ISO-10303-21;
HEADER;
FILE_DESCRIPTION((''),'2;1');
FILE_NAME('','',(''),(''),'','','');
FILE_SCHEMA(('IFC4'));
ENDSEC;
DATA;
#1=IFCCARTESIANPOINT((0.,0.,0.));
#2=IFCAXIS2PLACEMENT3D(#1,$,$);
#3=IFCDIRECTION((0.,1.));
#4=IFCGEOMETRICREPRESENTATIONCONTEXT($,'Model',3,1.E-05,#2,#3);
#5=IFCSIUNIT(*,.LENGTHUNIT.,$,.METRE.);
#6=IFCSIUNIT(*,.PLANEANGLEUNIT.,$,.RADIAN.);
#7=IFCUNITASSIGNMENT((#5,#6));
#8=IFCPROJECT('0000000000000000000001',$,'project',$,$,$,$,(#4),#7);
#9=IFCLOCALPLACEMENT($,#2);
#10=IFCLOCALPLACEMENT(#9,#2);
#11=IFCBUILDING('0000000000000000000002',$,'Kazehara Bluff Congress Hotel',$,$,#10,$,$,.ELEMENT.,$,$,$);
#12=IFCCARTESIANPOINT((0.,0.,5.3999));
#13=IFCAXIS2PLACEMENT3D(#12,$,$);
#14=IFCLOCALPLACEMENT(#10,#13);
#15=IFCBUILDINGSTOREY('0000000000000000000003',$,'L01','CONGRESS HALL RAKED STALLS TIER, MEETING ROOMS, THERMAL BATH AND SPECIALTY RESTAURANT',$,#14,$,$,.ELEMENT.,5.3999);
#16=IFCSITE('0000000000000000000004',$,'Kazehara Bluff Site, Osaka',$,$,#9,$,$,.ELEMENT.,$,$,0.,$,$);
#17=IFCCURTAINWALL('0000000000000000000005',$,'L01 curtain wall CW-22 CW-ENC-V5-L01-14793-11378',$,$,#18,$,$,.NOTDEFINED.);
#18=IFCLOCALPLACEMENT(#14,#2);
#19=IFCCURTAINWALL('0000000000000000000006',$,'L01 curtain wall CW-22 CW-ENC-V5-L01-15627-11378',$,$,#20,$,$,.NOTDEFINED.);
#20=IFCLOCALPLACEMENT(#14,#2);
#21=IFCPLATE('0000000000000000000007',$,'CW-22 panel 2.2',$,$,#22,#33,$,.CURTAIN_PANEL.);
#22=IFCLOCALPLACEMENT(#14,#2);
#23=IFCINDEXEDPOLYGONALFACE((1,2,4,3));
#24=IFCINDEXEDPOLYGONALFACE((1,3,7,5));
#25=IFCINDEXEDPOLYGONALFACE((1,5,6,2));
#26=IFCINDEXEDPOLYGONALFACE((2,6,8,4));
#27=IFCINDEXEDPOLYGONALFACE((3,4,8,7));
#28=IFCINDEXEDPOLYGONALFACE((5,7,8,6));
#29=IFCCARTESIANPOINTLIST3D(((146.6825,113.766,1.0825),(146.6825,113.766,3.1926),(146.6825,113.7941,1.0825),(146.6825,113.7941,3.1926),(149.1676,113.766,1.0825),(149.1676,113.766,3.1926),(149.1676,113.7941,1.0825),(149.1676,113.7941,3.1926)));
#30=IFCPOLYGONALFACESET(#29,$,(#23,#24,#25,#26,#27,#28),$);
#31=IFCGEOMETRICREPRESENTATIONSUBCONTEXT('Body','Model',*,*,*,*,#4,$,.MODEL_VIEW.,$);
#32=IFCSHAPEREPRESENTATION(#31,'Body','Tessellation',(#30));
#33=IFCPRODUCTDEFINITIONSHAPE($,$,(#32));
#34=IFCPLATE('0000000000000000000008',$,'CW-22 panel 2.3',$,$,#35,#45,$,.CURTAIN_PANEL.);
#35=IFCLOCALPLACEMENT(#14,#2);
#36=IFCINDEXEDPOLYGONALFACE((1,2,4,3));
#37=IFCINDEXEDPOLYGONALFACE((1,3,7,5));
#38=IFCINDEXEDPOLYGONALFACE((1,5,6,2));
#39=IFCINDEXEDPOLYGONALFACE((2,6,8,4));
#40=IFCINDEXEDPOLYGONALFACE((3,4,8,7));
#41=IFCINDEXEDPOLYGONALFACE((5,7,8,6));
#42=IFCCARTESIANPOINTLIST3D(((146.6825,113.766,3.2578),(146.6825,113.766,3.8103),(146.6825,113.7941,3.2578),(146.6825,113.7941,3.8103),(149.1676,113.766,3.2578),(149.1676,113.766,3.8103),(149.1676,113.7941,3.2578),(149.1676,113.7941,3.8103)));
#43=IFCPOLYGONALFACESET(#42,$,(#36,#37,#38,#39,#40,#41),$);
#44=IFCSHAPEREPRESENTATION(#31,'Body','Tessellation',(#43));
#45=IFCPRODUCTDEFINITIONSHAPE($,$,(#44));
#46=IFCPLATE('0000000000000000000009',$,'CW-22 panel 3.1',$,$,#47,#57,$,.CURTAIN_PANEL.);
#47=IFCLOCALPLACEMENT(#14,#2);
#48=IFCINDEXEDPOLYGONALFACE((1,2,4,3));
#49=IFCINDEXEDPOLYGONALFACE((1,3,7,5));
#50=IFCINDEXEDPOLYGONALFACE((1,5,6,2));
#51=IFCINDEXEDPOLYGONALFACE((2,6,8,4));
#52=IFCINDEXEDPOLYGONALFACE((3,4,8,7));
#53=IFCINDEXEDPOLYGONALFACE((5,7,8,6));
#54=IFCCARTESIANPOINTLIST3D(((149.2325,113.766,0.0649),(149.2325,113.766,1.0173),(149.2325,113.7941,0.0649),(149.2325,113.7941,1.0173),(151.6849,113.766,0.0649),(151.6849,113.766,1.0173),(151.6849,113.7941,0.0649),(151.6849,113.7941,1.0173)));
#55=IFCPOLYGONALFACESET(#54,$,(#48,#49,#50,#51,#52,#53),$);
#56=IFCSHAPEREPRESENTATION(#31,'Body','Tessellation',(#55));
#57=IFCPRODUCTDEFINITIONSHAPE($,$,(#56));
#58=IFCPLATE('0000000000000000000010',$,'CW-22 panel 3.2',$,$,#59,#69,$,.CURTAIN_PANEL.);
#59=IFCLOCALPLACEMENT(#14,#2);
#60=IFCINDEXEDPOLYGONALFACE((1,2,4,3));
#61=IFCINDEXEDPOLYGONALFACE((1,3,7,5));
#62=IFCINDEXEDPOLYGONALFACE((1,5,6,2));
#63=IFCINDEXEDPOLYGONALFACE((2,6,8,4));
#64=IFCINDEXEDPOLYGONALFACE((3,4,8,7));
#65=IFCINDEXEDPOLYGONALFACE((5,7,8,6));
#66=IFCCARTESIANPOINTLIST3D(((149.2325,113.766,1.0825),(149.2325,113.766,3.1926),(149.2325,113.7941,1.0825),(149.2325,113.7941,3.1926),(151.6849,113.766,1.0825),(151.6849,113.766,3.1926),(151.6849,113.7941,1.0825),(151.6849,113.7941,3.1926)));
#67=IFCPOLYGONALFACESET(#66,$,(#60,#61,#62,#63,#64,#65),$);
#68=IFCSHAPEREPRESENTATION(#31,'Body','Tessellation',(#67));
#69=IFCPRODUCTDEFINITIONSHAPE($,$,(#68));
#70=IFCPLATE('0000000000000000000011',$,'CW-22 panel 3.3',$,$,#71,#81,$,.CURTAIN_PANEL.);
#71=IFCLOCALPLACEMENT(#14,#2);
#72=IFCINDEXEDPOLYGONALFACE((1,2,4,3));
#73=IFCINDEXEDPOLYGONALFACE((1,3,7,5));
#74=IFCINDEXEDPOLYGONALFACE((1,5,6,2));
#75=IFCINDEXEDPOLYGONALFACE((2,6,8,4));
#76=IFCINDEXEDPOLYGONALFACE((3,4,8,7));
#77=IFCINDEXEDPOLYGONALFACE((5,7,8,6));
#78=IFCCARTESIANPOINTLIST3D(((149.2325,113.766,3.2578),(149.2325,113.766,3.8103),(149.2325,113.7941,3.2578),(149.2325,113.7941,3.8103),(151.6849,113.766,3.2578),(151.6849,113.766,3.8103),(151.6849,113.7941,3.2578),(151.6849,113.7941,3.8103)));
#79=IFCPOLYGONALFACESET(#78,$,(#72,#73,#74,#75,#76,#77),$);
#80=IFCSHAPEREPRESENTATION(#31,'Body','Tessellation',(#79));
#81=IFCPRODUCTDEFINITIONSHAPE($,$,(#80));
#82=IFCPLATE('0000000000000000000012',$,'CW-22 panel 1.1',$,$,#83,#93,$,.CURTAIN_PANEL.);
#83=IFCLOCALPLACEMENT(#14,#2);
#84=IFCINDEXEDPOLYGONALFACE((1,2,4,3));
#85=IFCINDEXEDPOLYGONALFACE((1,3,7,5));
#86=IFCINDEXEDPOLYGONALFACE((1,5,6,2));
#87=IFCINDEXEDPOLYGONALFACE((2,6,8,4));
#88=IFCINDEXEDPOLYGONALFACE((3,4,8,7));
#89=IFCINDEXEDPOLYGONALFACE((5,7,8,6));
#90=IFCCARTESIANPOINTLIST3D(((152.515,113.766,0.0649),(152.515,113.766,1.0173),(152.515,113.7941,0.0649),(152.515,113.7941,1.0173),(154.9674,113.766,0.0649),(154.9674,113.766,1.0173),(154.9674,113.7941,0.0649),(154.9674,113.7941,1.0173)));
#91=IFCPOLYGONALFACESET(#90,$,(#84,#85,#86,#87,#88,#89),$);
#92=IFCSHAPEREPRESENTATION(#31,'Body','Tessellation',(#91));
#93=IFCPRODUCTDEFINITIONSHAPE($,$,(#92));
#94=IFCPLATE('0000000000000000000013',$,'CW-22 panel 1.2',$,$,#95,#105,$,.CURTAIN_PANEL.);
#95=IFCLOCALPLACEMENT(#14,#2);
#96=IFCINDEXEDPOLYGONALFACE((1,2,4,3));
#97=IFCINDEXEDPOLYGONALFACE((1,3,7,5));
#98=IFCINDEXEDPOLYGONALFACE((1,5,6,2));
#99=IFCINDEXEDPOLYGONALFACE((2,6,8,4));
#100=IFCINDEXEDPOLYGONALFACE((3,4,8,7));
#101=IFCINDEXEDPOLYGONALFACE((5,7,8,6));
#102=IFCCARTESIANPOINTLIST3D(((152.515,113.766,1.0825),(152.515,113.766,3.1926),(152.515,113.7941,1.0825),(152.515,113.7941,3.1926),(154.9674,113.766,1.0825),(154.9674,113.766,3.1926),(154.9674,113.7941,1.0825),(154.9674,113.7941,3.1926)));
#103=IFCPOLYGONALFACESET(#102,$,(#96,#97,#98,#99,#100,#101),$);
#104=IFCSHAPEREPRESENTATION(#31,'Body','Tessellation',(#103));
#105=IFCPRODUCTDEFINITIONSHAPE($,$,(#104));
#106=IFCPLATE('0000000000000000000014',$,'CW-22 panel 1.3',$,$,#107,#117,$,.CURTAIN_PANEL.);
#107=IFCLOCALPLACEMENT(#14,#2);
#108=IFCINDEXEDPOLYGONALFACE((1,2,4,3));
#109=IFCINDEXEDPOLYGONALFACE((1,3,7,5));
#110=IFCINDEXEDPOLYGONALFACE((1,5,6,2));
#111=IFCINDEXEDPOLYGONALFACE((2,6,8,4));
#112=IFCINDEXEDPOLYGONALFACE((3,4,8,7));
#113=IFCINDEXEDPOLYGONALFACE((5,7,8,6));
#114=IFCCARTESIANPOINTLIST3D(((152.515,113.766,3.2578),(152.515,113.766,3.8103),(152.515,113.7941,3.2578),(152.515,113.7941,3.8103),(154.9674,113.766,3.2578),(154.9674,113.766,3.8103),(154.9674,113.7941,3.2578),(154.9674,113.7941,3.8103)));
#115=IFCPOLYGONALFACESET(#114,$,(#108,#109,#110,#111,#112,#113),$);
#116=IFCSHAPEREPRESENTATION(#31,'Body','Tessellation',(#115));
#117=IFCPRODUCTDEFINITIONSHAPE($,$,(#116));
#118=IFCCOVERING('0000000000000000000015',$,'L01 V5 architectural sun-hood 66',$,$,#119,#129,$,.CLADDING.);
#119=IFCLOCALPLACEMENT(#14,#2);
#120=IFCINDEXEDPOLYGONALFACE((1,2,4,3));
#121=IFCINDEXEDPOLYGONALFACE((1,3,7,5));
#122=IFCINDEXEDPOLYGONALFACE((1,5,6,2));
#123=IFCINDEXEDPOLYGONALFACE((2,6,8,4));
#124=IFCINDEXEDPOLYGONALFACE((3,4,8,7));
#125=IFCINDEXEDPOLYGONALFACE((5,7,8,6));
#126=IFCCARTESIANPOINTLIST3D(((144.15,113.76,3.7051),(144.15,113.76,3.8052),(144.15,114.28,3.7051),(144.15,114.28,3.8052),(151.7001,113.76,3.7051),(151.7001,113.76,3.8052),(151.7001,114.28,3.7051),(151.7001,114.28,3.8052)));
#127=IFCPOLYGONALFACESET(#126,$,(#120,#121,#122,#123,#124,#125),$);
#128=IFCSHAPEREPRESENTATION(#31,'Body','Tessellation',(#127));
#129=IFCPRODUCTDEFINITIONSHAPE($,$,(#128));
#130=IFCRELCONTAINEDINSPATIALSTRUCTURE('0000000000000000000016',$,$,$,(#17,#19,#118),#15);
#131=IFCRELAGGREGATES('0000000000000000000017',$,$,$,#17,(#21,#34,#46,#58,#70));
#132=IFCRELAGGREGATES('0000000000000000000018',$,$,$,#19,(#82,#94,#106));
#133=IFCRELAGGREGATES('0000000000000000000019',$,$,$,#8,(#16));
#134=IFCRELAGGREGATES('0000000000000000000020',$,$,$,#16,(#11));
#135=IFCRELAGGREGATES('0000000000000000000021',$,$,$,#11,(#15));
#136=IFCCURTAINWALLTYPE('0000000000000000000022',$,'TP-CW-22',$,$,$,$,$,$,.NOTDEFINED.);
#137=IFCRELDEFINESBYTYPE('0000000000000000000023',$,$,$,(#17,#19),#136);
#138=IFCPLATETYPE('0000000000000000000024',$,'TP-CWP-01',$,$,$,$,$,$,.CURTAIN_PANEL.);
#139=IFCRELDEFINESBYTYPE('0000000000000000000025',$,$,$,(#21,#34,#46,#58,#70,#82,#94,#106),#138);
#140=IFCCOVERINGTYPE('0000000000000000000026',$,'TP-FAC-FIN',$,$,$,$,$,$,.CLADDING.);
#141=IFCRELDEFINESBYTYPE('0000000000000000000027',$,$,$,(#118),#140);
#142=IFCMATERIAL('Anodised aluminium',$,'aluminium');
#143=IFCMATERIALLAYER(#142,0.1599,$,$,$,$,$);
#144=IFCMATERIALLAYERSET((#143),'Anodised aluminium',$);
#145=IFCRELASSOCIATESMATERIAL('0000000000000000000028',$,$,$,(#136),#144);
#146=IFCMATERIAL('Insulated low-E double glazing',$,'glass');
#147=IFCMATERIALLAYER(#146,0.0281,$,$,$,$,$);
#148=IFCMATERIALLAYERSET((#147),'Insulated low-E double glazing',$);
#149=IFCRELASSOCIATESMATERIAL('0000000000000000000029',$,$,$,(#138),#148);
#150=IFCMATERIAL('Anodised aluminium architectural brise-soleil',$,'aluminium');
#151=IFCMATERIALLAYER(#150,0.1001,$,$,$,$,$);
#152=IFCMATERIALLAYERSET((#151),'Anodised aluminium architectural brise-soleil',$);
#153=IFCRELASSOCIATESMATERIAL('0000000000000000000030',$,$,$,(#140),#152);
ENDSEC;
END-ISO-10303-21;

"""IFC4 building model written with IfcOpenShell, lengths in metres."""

from ifc_helpers import new_model, si_unit, direction, frame, origin, origin_2d, place, context, subcontext, project, spatial, rectangle, extrude, material, layer, layer_set, type_object, element, aggregate, save


model = new_model("IFC4")

# Units and contexts
model_context = context("Model", 3, precision=1e-05, world=origin(), true_north=direction((0.0, 1.0)))
body_context = subcontext(model_context, "Body", "Model", "MODEL_VIEW")
ifc_project = project(units=[si_unit("LENGTHUNIT", "METRE"), si_unit("PLANEANGLEUNIT", "RADIAN")], contexts=[model_context])

# Site, building, storey
site_placement = place(None, origin())
site = spatial("IfcSite", under=ifc_project, at=site_placement, Name="Kazehara Bluff Site, Osaka", CompositionType="ELEMENT", RefElevation=0.0)
building_placement = place(site_placement, origin())
building = spatial("IfcBuilding", under=site, at=building_placement, Name="Kazehara Bluff Congress Hotel", CompositionType="ELEMENT")
storey_placement = place(building_placement, frame((0.0, 0.0, 5.3999)))
storey = spatial("IfcBuildingStorey", under=building, at=storey_placement, Name="L01", Description="CONGRESS HALL RAKED STALLS TIER, MEETING ROOMS, THERMAL BATH AND SPECIALTY RESTAURANT", CompositionType="ELEMENT", Elevation=5.3999)

# Curtain walls
ifc_material_1 = material(Name="Anodised aluminium", Category="aluminium")
ifc_layer_1 = layer(ifc_material_1, 0.1599)
ifc_layer_set_1 = layer_set([ifc_layer_1], Name="Anodised aluminium")
curtain_wall_type = type_object("IfcCurtainWallType", Name="TP-CW-22", PredefinedType="NOTDEFINED", material=ifc_layer_set_1)
curtain_wall_1_placement = place(storey_placement, origin())
curtain_wall_1 = element("IfcCurtainWall", 1, at=curtain_wall_1_placement, inside=storey, type_object=curtain_wall_type, Name="L01 curtain wall CW-22 CW-ENC-V5-L01-14793-11378", PredefinedType="NOTDEFINED")
curtain_wall_2_placement = place(storey_placement, origin())
curtain_wall_2 = element("IfcCurtainWall", 2, at=curtain_wall_2_placement, inside=storey, type_object=curtain_wall_type, Name="L01 curtain wall CW-22 CW-ENC-V5-L01-15627-11378", PredefinedType="NOTDEFINED")

# Plates
ifc_material_2 = material(Name="Insulated low-E double glazing", Category="glass")
ifc_layer_2 = layer(ifc_material_2, 0.0281)
ifc_layer_set_2 = layer_set([ifc_layer_2], Name="Insulated low-E double glazing")
plate_type = type_object("IfcPlateType", Name="TP-CWP-01", PredefinedType="CURTAIN_PANEL", material=ifc_layer_set_2)
plate_1_placement = place(storey_placement, frame((147.925, 113.78, 1.0825), z_axis=(0.0, 0.0, 1.0), x_axis=(1.0, 0.0, 0.0)))
plate_1 = element("IfcPlate", 3, at=plate_1_placement, type_object=plate_type, Name="CW-22 panel 2.2", PredefinedType="CURTAIN_PANEL", context=body_context, shape_type="SweptSolid", body=[
    extrude(rectangle(XDim=2.4851, YDim=0.0281, at=origin_2d()), origin(), (0.0, 0.0, 1.0), 2.1101),
])
plate_2_placement = place(storey_placement, frame((147.925, 113.78, 3.2578), z_axis=(0.0, 0.0, 1.0), x_axis=(1.0, 0.0, 0.0)))
plate_2 = element("IfcPlate", 4, at=plate_2_placement, type_object=plate_type, Name="CW-22 panel 2.3", PredefinedType="CURTAIN_PANEL", context=body_context, shape_type="SweptSolid", body=[
    extrude(rectangle(XDim=2.4851, YDim=0.0281, at=origin_2d()), origin(), (0.0, 0.0, 1.0), 0.5525),
])
plate_3_placement = place(storey_placement, frame((150.4587, 113.78, 0.0649), z_axis=(0.0, 0.0, 1.0), x_axis=(1.0, 0.0, 0.0)))
plate_3 = element("IfcPlate", 5, at=plate_3_placement, type_object=plate_type, Name="CW-22 panel 3.1", PredefinedType="CURTAIN_PANEL", context=body_context, shape_type="SweptSolid", body=[
    extrude(rectangle(XDim=2.4524, YDim=0.0281, at=origin_2d()), origin(), (0.0, 0.0, 1.0), 0.9524),
])
plate_4_placement = place(storey_placement, frame((150.4587, 113.78, 1.0825), z_axis=(0.0, 0.0, 1.0), x_axis=(1.0, 0.0, 0.0)))
plate_4 = element("IfcPlate", 6, at=plate_4_placement, type_object=plate_type, Name="CW-22 panel 3.2", PredefinedType="CURTAIN_PANEL", context=body_context, shape_type="SweptSolid", body=[
    extrude(rectangle(XDim=2.4524, YDim=0.0281, at=origin_2d()), origin(), (0.0, 0.0, 1.0), 2.1101),
])
plate_5_placement = place(storey_placement, frame((150.4587, 113.78, 3.2578), z_axis=(0.0, 0.0, 1.0), x_axis=(1.0, 0.0, 0.0)))
plate_5 = element("IfcPlate", 7, at=plate_5_placement, type_object=plate_type, Name="CW-22 panel 3.3", PredefinedType="CURTAIN_PANEL", context=body_context, shape_type="SweptSolid", body=[
    extrude(rectangle(XDim=2.4524, YDim=0.0281, at=origin_2d()), origin(), (0.0, 0.0, 1.0), 0.5525),
])
aggregate(curtain_wall_1, [plate_1, plate_2, plate_3, plate_4, plate_5])
plate_6_placement = place(storey_placement, frame((153.7412, 113.78, 0.0649), z_axis=(0.0, 0.0, 1.0), x_axis=(1.0, 0.0, 0.0)))
plate_6 = element("IfcPlate", 8, at=plate_6_placement, type_object=plate_type, Name="CW-22 panel 1.1", PredefinedType="CURTAIN_PANEL", context=body_context, shape_type="SweptSolid", body=[
    extrude(rectangle(XDim=2.4524, YDim=0.0281, at=origin_2d()), origin(), (0.0, 0.0, 1.0), 0.9524),
])
plate_7_placement = place(storey_placement, frame((153.7412, 113.78, 1.0825), z_axis=(0.0, 0.0, 1.0), x_axis=(1.0, 0.0, 0.0)))
plate_7 = element("IfcPlate", 9, at=plate_7_placement, type_object=plate_type, Name="CW-22 panel 1.2", PredefinedType="CURTAIN_PANEL", context=body_context, shape_type="SweptSolid", body=[
    extrude(rectangle(XDim=2.4524, YDim=0.0281, at=origin_2d()), origin(), (0.0, 0.0, 1.0), 2.1101),
])
plate_8_placement = place(storey_placement, frame((153.7412, 113.78, 3.2578), z_axis=(0.0, 0.0, 1.0), x_axis=(1.0, 0.0, 0.0)))
plate_8 = element("IfcPlate", 10, at=plate_8_placement, type_object=plate_type, Name="CW-22 panel 1.3", PredefinedType="CURTAIN_PANEL", context=body_context, shape_type="SweptSolid", body=[
    extrude(rectangle(XDim=2.4524, YDim=0.0281, at=origin_2d()), origin(), (0.0, 0.0, 1.0), 0.5525),
])
aggregate(curtain_wall_2, [plate_6, plate_7, plate_8])

# Covering
ifc_material_3 = material(Name="Anodised aluminium architectural brise-soleil", Category="aluminium")
ifc_layer_3 = layer(ifc_material_3, 0.1001)
ifc_layer_set_3 = layer_set([ifc_layer_3], Name="Anodised aluminium architectural brise-soleil")
covering_type = type_object("IfcCoveringType", Name="TP-FAC-FIN", PredefinedType="CLADDING", material=ifc_layer_set_3)
covering_placement = place(storey_placement, frame((147.925, 114.02, 3.7051), z_axis=(0.0, 0.0, 1.0), x_axis=(1.0, 0.0, 0.0)))
element("IfcCovering", 11, at=covering_placement, inside=storey, type_object=covering_type, Name="L01 V5 architectural sun-hood 66", PredefinedType="CLADDING", context=body_context, shape_type="SweptSolid", body=[
    extrude(rectangle(XDim=7.55, YDim=0.52, at=origin_2d()), origin(), (0.0, 0.0, 1.0), 0.1001),
])

save(model, "model.ifc")
